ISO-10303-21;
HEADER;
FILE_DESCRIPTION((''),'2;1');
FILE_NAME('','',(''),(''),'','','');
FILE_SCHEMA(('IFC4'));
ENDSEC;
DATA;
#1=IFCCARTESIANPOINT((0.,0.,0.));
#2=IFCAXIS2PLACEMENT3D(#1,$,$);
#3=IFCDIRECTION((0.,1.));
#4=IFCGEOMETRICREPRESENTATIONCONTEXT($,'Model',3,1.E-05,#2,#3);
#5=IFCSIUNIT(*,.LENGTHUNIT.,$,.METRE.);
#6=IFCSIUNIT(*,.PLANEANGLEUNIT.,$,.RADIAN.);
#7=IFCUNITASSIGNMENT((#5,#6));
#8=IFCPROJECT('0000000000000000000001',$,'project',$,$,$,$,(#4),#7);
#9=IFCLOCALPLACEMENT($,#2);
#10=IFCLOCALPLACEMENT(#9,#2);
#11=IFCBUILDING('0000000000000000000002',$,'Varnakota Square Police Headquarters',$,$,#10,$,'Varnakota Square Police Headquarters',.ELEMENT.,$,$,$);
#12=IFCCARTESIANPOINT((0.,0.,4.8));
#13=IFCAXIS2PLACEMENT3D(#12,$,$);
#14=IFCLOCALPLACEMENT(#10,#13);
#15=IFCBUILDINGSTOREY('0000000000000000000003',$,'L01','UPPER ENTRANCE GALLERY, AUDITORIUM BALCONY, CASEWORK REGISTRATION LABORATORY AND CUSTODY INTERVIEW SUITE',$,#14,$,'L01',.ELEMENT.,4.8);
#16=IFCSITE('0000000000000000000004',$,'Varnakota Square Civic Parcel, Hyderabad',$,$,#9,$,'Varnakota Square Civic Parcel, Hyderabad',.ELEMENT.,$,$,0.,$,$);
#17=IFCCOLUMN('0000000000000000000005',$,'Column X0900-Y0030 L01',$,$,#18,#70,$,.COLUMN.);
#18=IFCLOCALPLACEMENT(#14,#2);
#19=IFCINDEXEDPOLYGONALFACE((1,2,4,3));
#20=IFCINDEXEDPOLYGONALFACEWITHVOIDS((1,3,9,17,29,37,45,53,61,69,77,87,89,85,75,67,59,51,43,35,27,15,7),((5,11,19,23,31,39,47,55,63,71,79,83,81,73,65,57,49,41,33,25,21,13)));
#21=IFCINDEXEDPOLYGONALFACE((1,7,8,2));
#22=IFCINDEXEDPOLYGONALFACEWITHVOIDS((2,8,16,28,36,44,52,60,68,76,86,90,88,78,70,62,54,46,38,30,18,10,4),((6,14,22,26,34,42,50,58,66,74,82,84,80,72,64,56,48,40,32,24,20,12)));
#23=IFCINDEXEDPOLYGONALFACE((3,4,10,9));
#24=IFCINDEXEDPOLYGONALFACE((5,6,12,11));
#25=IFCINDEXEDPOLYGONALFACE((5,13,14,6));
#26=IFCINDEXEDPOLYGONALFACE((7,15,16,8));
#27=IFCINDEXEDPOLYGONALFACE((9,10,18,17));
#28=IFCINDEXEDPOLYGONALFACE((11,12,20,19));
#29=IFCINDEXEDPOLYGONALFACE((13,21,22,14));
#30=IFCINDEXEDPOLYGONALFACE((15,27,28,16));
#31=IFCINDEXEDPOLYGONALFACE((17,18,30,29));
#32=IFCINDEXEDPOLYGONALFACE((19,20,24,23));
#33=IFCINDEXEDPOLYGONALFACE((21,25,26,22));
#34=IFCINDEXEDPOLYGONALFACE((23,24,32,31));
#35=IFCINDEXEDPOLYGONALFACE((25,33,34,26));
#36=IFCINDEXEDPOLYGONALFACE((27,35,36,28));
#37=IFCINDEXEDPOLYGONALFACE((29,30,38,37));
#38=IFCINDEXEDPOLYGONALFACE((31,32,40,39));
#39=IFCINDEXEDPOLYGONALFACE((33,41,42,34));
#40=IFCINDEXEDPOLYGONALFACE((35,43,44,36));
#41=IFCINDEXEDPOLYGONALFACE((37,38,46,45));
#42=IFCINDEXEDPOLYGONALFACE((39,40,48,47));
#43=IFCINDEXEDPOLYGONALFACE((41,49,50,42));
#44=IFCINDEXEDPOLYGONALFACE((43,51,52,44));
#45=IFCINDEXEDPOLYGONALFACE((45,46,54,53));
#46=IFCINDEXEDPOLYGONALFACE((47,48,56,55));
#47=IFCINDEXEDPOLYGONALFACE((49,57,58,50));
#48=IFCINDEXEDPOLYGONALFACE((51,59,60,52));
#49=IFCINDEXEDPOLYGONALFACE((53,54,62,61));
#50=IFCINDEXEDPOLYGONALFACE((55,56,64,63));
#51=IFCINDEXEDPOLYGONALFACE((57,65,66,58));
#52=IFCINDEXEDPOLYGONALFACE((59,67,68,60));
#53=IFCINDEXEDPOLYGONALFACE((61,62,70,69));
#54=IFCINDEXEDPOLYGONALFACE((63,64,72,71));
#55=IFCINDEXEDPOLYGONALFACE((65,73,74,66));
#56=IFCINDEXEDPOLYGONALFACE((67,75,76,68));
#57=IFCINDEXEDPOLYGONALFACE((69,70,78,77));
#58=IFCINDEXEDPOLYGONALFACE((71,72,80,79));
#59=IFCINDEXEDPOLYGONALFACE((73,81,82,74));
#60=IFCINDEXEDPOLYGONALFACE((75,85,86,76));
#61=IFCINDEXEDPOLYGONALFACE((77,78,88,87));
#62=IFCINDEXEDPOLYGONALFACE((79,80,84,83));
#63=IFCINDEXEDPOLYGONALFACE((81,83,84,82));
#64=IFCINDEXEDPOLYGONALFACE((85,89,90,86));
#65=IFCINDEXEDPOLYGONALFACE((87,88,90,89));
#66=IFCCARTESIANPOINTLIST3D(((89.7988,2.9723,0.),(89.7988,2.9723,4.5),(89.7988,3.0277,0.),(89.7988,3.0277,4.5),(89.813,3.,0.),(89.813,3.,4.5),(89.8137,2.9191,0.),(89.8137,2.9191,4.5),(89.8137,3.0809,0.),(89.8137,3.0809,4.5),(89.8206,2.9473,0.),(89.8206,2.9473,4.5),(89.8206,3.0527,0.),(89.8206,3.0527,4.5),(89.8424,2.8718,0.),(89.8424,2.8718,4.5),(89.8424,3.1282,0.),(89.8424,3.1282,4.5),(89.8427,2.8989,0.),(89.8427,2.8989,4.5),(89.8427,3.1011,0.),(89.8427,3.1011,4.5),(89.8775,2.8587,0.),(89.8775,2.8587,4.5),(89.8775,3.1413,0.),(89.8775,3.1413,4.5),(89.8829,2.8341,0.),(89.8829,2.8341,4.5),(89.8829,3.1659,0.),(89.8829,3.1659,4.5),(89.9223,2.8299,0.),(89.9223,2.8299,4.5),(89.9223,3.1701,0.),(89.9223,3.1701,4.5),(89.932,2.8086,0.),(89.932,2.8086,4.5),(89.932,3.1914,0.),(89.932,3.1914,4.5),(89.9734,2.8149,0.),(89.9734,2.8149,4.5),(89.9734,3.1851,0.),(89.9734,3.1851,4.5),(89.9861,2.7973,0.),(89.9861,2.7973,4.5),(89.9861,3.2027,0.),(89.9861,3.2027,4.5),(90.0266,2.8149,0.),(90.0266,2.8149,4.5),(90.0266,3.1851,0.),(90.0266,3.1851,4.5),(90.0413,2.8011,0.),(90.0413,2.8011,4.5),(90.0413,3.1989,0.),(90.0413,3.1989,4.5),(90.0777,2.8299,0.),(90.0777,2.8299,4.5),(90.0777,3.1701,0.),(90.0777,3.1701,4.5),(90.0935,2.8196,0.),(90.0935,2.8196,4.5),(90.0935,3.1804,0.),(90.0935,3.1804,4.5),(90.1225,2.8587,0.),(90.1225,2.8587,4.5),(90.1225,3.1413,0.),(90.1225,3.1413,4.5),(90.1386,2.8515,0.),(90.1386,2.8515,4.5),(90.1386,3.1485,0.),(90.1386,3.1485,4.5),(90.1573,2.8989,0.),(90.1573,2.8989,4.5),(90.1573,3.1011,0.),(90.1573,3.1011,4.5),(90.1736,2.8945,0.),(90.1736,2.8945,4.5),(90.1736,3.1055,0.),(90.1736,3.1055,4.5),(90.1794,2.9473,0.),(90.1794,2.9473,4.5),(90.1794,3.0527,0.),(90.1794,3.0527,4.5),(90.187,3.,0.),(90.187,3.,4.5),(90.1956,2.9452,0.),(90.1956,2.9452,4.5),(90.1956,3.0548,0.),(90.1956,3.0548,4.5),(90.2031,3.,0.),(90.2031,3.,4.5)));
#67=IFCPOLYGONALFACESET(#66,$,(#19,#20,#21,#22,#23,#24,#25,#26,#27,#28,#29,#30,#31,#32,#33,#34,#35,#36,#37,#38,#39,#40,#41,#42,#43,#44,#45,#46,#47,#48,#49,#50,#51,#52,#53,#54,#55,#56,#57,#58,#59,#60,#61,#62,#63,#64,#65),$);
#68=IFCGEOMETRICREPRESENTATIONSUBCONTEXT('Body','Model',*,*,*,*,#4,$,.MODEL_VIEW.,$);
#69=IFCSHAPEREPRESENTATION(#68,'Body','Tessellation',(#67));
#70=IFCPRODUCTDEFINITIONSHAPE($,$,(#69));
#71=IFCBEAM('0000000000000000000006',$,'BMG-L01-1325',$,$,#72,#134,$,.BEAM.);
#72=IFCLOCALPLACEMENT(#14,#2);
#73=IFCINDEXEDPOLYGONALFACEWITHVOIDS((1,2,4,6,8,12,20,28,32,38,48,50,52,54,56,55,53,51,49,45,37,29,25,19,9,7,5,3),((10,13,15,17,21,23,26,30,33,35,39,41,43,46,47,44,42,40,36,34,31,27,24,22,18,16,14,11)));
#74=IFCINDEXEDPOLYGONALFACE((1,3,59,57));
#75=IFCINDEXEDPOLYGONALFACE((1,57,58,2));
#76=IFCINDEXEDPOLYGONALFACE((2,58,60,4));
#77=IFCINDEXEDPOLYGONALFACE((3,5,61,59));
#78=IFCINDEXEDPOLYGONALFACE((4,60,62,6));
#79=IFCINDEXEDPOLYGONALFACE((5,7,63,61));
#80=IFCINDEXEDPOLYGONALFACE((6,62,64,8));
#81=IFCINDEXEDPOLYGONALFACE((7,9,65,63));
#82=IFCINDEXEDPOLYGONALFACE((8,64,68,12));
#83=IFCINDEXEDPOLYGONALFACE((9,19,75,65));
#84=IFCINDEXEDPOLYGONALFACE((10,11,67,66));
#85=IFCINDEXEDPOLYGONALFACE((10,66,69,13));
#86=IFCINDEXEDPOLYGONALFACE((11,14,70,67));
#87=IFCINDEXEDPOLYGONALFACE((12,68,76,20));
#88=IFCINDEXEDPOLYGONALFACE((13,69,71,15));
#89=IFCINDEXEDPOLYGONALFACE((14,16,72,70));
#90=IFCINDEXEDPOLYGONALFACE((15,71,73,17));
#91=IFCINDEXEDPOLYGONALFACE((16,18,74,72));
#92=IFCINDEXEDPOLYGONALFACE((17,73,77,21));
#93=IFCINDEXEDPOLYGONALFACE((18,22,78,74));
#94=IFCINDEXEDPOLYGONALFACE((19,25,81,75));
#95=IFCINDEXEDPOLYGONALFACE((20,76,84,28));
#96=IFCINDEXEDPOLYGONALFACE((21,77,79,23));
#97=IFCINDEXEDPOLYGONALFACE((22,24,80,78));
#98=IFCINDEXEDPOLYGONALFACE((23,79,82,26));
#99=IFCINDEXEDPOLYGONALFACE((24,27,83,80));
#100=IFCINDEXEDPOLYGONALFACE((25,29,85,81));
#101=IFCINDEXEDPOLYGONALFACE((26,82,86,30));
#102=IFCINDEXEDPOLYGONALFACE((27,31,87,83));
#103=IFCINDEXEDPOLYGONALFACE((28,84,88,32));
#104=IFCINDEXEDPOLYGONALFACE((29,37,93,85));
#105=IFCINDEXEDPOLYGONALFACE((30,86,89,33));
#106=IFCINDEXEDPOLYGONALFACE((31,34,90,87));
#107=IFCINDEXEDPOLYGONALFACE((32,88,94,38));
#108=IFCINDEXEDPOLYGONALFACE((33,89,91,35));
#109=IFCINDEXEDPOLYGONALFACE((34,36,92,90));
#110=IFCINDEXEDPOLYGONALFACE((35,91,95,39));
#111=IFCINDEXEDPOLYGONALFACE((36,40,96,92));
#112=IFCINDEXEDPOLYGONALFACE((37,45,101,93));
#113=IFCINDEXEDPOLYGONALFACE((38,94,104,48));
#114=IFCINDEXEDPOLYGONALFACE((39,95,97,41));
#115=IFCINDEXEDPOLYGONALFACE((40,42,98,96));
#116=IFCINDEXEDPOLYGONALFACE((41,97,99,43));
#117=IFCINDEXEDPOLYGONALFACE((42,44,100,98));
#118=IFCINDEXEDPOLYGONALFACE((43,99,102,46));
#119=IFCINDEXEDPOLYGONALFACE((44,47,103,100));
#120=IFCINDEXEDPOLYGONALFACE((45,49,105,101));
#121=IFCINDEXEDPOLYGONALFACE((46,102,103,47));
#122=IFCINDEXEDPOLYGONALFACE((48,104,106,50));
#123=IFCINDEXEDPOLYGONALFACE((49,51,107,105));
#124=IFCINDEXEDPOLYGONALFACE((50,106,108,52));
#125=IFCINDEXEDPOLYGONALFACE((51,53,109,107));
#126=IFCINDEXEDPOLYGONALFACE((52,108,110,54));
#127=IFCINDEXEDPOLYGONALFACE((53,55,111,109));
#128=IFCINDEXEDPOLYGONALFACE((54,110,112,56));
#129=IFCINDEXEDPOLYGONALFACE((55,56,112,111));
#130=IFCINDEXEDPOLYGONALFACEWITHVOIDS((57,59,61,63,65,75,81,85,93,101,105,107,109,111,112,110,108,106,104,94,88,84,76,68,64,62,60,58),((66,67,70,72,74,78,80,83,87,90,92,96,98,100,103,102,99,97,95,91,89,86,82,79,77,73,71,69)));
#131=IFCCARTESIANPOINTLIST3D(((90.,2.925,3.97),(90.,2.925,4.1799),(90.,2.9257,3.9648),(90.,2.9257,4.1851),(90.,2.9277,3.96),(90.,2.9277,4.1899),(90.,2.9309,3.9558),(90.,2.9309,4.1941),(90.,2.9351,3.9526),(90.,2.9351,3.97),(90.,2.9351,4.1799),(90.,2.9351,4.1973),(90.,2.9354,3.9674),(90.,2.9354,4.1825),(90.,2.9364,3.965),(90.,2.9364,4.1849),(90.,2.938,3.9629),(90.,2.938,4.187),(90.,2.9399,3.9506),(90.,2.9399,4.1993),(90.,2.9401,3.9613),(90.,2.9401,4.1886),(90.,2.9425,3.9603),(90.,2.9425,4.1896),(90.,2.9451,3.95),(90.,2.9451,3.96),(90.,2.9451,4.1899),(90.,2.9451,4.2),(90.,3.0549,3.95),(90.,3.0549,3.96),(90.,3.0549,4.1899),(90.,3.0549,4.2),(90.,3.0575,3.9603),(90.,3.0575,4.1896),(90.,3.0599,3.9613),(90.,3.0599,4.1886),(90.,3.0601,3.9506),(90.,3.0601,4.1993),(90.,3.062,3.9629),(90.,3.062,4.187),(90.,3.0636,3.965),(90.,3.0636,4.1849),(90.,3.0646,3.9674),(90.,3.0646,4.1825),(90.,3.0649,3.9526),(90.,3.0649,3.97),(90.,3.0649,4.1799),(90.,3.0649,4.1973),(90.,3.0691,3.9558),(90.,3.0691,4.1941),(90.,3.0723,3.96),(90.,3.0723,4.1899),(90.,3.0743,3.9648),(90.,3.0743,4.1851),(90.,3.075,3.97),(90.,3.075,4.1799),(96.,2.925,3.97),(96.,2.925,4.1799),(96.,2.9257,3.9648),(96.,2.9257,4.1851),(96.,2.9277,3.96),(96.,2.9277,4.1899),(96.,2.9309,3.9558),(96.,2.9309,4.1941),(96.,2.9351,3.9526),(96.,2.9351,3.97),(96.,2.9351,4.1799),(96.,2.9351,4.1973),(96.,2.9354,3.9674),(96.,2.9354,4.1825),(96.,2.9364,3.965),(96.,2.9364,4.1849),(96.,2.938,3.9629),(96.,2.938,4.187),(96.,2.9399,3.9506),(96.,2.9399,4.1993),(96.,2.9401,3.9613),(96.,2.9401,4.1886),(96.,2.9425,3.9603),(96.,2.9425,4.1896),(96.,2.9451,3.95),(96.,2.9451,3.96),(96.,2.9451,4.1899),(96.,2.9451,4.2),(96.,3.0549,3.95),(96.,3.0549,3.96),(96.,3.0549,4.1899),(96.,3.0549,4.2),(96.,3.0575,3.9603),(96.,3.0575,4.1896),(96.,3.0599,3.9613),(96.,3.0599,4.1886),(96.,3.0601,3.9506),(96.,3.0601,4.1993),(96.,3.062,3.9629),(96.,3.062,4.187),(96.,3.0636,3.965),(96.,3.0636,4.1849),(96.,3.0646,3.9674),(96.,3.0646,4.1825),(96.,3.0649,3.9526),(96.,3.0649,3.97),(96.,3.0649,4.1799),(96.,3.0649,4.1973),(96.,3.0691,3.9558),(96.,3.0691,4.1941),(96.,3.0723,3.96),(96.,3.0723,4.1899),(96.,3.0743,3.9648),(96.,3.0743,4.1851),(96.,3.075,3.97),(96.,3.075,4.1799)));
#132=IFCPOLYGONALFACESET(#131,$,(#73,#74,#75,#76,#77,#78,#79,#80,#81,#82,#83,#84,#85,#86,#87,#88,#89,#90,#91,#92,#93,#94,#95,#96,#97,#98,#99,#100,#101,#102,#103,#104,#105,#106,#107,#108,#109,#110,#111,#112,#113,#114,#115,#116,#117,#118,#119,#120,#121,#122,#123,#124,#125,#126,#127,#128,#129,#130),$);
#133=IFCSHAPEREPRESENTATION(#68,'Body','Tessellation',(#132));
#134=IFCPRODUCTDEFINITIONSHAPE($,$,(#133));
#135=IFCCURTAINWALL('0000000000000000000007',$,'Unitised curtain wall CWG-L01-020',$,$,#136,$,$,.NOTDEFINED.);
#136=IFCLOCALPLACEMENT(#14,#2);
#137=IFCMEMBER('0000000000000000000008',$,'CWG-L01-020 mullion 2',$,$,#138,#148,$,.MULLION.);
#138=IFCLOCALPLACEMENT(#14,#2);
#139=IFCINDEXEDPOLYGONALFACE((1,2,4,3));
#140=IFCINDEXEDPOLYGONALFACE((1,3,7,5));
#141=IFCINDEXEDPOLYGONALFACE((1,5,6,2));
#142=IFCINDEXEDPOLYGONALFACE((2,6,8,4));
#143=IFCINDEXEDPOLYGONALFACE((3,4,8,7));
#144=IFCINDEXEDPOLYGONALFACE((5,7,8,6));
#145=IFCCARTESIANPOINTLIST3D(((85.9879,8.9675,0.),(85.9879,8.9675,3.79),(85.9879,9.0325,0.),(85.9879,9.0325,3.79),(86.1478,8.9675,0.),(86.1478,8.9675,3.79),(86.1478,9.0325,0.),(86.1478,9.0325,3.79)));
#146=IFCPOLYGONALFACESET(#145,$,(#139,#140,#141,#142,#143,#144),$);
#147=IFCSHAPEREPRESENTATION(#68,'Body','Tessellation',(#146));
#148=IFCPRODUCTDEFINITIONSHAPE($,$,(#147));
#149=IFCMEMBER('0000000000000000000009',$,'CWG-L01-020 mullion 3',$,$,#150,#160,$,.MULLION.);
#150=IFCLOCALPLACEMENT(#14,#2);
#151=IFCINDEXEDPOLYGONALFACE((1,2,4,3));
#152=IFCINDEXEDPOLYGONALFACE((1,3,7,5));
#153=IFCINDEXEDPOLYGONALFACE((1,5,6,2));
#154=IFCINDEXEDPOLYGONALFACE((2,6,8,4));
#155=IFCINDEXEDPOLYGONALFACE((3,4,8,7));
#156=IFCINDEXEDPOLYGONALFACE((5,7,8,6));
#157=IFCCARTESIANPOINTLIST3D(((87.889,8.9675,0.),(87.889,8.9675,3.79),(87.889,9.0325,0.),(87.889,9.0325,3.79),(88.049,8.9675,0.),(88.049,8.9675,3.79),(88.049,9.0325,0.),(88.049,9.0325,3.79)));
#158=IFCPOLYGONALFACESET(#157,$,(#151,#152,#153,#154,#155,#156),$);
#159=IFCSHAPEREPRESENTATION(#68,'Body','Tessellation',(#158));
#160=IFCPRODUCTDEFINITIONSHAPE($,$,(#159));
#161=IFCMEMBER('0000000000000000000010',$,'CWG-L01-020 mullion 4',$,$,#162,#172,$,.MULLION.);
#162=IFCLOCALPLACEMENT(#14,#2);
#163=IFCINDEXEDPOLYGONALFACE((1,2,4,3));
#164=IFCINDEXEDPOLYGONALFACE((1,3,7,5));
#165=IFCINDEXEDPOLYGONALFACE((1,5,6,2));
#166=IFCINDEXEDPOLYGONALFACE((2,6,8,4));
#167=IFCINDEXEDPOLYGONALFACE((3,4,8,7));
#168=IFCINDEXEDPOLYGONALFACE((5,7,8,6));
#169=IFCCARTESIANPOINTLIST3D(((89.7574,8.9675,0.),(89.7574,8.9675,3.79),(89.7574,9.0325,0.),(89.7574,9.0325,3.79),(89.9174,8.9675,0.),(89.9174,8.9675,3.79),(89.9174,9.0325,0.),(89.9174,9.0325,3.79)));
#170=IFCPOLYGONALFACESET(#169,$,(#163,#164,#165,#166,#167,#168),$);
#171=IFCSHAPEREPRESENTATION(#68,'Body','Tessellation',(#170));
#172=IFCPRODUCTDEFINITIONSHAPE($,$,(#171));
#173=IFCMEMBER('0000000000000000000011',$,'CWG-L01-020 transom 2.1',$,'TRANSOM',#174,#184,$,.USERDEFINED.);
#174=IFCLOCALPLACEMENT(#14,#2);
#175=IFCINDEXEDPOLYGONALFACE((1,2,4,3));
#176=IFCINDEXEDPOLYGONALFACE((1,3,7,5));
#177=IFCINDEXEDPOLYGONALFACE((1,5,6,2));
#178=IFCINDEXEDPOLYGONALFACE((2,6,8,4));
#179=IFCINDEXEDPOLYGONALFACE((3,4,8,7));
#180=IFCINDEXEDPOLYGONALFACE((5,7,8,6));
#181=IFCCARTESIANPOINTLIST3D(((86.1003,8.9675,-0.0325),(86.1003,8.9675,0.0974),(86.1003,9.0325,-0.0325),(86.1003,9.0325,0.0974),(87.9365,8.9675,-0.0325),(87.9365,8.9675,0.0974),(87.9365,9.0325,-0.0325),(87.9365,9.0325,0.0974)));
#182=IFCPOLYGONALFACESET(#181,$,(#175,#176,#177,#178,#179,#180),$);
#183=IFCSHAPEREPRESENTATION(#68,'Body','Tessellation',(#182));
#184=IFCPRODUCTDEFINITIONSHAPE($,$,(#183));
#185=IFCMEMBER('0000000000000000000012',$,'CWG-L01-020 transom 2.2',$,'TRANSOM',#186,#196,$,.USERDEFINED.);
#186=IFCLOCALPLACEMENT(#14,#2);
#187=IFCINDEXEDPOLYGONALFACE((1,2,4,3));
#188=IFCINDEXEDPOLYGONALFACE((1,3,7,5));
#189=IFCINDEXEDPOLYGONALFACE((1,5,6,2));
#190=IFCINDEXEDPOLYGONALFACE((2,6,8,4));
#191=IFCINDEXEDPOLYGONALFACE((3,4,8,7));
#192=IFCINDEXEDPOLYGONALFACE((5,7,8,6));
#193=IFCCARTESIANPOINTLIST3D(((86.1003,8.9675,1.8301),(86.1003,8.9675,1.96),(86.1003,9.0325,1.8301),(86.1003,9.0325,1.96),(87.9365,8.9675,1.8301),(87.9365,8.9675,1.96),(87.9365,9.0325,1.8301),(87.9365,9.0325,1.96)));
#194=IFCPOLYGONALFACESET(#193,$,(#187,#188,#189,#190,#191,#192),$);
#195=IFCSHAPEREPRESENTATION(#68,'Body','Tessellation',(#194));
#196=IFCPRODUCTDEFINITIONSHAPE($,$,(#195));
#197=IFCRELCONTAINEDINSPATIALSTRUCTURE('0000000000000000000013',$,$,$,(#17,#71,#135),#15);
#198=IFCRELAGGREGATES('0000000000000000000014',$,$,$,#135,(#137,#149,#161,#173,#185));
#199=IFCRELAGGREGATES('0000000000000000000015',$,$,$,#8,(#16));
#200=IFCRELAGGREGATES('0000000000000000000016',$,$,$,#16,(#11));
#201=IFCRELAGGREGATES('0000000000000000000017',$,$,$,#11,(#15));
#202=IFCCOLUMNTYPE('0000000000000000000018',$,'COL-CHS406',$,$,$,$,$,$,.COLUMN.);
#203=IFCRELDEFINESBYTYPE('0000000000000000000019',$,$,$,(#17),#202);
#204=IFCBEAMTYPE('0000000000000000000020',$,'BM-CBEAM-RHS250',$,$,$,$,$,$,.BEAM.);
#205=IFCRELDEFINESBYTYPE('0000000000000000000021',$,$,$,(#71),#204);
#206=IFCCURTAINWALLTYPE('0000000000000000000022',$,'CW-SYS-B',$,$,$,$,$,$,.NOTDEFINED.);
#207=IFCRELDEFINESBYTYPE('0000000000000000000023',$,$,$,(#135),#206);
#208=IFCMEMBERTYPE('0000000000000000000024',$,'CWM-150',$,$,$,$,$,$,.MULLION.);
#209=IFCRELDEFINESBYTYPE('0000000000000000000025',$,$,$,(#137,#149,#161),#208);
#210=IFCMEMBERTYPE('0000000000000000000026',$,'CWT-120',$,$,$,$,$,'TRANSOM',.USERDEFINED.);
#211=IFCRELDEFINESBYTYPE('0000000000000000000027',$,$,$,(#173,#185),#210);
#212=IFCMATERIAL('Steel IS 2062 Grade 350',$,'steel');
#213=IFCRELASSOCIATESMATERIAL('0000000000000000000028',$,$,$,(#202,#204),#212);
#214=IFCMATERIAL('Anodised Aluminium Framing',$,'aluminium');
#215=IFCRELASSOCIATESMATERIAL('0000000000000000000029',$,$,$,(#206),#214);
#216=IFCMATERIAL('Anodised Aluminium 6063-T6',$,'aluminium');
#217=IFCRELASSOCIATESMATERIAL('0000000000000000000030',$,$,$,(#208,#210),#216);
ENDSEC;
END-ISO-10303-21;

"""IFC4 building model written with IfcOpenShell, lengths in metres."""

from ifc_helpers import new_model, si_unit, direction, frame, origin, origin_2d, place, context, subcontext, project, spatial, rectangle, hollow_rectangle, hollow_circle, extrude, material, material_profile, profile_set, type_object, element, aggregate, save


model = new_model("IFC4")

# Units and contexts
model_context = context("Model", 3, precision=1e-05, world=origin(), true_north=direction((0.0, 1.0)))
body_context = subcontext(model_context, "Body", "Model", "MODEL_VIEW")
ifc_project = project(units=[si_unit("LENGTHUNIT", "METRE"), si_unit("PLANEANGLEUNIT", "RADIAN")], contexts=[model_context])

# Site, building, storey
site_placement = place(None, origin())
site = spatial("IfcSite", under=ifc_project, at=site_placement, Name="Varnakota Square Civic Parcel, Hyderabad", LongName="Varnakota Square Civic Parcel, Hyderabad", CompositionType="ELEMENT", RefElevation=0.0)
building_placement = place(site_placement, origin())
building = spatial("IfcBuilding", under=site, at=building_placement, Name="Varnakota Square Police Headquarters", LongName="Varnakota Square Police Headquarters", CompositionType="ELEMENT")
storey_placement = place(building_placement, frame((0.0, 0.0, 4.8)))
storey = spatial("IfcBuildingStorey", under=building, at=storey_placement, Name="L01", Description="UPPER ENTRANCE GALLERY, AUDITORIUM BALCONY, CASEWORK REGISTRATION LABORATORY AND CUSTODY INTERVIEW SUITE", LongName="L01", CompositionType="ELEMENT", Elevation=4.8)

# Column
ifc_material_1 = material(Name="Steel IS 2062 Grade 350", Category="steel")
ifc_material_profile_1 = material_profile(ifc_material_1, hollow_circle(Radius=0.2031, WallThickness=0.0161, at=origin_2d()), Name="CHS 406.4x16.0")
ifc_profile_set_1 = profile_set([ifc_material_profile_1], Name="Steel IS 2062 Grade 350")
column_type = type_object("IfcColumnType", Name="COL-CHS406", PredefinedType="COLUMN", material=ifc_profile_set_1)
column_placement = place(storey_placement, frame((90.0, 3.0, 0.0), z_axis=(0.0, 0.0, 1.0), x_axis=(1.0, 0.0, 0.0)))
element("IfcColumn", 1, at=column_placement, inside=storey, type_object=column_type, Name="Column X0900-Y0030 L01", PredefinedType="COLUMN", context=body_context, shape_type="SweptSolid", body=[
    extrude(hollow_circle(Radius=0.2031, WallThickness=0.0161, at=origin_2d()), origin(), (0.0, 0.0, 1.0), 4.5),
])

# Beam
ifc_material_profile_2 = material_profile(ifc_material_1, hollow_rectangle(XDim=0.1499, YDim=0.25, WallThickness=0.01, InnerFilletRadius=0.01, OuterFilletRadius=0.02, at=origin_2d()), Name="RHS 250x150x10")
ifc_profile_set_2 = profile_set([ifc_material_profile_2], Name="Steel IS 2062 Grade 350")
beam_type = type_object("IfcBeamType", Name="BM-CBEAM-RHS250", PredefinedType="BEAM", material=ifc_profile_set_2)
beam_placement = place(storey_placement, frame((90.0, 3.0, 4.075), z_axis=(1.0, 0.0, 0.0), x_axis=(0.0, 1.0, 0.0)))
element("IfcBeam", 2, at=beam_placement, inside=storey, type_object=beam_type, Name="BMG-L01-1325", PredefinedType="BEAM", context=body_context, shape_type="SweptSolid", body=[
    extrude(hollow_rectangle(XDim=0.1499, YDim=0.25, WallThickness=0.01, InnerFilletRadius=0.01, OuterFilletRadius=0.02, at=origin_2d()), origin(), (0.0, 0.0, 1.0), 6.0),
])

# Curtain wall, members
ifc_material_2 = material(Name="Anodised Aluminium Framing", Category="aluminium")
curtain_wall_type = type_object("IfcCurtainWallType", Name="CW-SYS-B", PredefinedType="NOTDEFINED", material=ifc_material_2)
curtain_wall_placement = place(storey_placement, origin())
curtain_wall = element("IfcCurtainWall", 3, at=curtain_wall_placement, inside=storey, type_object=curtain_wall_type, Name="Unitised curtain wall CWG-L01-020", PredefinedType="NOTDEFINED")
ifc_material_3 = material(Name="Anodised Aluminium 6063-T6", Category="aluminium")
ifc_material_profile_3 = material_profile(ifc_material_3, rectangle(XDim=0.0649, YDim=0.1599, at=origin_2d()), Name="ALU MULLION 65x160")
ifc_profile_set_3 = profile_set([ifc_material_profile_3], Name="Anodised Aluminium 6063-T6")
member_type_1 = type_object("IfcMemberType", Name="CWM-150", PredefinedType="MULLION", material=ifc_profile_set_3)
member_1_placement = place(storey_placement, frame((86.0679, 9.0, 0.0), z_axis=(0.0, 0.0, 1.0), x_axis=(0.0, 1.0, 0.0)))
member_1 = element("IfcMember", 4, at=member_1_placement, type_object=member_type_1, Name="CWG-L01-020 mullion 2", PredefinedType="MULLION", context=body_context, shape_type="SweptSolid", body=[
    extrude(rectangle(XDim=0.0649, YDim=0.1599, at=origin_2d()), origin(), (0.0, 0.0, 1.0), 3.79),
])
member_2_placement = place(storey_placement, frame((87.969, 9.0, 0.0), z_axis=(0.0, 0.0, 1.0), x_axis=(0.0, 1.0, 0.0)))
member_2 = element("IfcMember", 5, at=member_2_placement, type_object=member_type_1, Name="CWG-L01-020 mullion 3", PredefinedType="MULLION", context=body_context, shape_type="SweptSolid", body=[
    extrude(rectangle(XDim=0.0649, YDim=0.1599, at=origin_2d()), origin(), (0.0, 0.0, 1.0), 3.79),
])
member_3_placement = place(storey_placement, frame((89.8374, 9.0, 0.0), z_axis=(0.0, 0.0, 1.0), x_axis=(0.0, 1.0, 0.0)))
member_3 = element("IfcMember", 6, at=member_3_placement, type_object=member_type_1, Name="CWG-L01-020 mullion 4", PredefinedType="MULLION", context=body_context, shape_type="SweptSolid", body=[
    extrude(rectangle(XDim=0.0649, YDim=0.1599, at=origin_2d()), origin(), (0.0, 0.0, 1.0), 3.79),
])
ifc_material_profile_4 = material_profile(ifc_material_3, rectangle(XDim=0.0649, YDim=0.1299, at=origin_2d()), Name="ALU TRANSOM 65x130")
ifc_profile_set_4 = profile_set([ifc_material_profile_4], Name="Anodised Aluminium 6063-T6")
member_type_2 = type_object("IfcMemberType", Name="CWT-120", ElementType="TRANSOM", PredefinedType="USERDEFINED", material=ifc_profile_set_4)
member_4_placement = place(storey_placement, frame((86.1003, 9.0, 0.0325), z_axis=(1.0, 0.0, 0.0), x_axis=(0.0, 1.0, 0.0)))
member_4 = element("IfcMember", 7, at=member_4_placement, type_object=member_type_2, Name="CWG-L01-020 transom 2.1", ObjectType="TRANSOM", PredefinedType="USERDEFINED", context=body_context, shape_type="SweptSolid", body=[
    extrude(rectangle(XDim=0.0649, YDim=0.1299, at=origin_2d()), origin(), (0.0, 0.0, 1.0), 1.8362),
])
member_5_placement = place(storey_placement, frame((86.1003, 9.0, 1.895), z_axis=(1.0, 0.0, 0.0), x_axis=(0.0, 1.0, 0.0)))
member_5 = element("IfcMember", 8, at=member_5_placement, type_object=member_type_2, Name="CWG-L01-020 transom 2.2", ObjectType="TRANSOM", PredefinedType="USERDEFINED", context=body_context, shape_type="SweptSolid", body=[
    extrude(rectangle(XDim=0.0649, YDim=0.1299, at=origin_2d()), origin(), (0.0, 0.0, 1.0), 1.8362),
])
aggregate(curtain_wall, [member_1, member_2, member_3, member_4, member_5])

save(model, "model.ifc")
